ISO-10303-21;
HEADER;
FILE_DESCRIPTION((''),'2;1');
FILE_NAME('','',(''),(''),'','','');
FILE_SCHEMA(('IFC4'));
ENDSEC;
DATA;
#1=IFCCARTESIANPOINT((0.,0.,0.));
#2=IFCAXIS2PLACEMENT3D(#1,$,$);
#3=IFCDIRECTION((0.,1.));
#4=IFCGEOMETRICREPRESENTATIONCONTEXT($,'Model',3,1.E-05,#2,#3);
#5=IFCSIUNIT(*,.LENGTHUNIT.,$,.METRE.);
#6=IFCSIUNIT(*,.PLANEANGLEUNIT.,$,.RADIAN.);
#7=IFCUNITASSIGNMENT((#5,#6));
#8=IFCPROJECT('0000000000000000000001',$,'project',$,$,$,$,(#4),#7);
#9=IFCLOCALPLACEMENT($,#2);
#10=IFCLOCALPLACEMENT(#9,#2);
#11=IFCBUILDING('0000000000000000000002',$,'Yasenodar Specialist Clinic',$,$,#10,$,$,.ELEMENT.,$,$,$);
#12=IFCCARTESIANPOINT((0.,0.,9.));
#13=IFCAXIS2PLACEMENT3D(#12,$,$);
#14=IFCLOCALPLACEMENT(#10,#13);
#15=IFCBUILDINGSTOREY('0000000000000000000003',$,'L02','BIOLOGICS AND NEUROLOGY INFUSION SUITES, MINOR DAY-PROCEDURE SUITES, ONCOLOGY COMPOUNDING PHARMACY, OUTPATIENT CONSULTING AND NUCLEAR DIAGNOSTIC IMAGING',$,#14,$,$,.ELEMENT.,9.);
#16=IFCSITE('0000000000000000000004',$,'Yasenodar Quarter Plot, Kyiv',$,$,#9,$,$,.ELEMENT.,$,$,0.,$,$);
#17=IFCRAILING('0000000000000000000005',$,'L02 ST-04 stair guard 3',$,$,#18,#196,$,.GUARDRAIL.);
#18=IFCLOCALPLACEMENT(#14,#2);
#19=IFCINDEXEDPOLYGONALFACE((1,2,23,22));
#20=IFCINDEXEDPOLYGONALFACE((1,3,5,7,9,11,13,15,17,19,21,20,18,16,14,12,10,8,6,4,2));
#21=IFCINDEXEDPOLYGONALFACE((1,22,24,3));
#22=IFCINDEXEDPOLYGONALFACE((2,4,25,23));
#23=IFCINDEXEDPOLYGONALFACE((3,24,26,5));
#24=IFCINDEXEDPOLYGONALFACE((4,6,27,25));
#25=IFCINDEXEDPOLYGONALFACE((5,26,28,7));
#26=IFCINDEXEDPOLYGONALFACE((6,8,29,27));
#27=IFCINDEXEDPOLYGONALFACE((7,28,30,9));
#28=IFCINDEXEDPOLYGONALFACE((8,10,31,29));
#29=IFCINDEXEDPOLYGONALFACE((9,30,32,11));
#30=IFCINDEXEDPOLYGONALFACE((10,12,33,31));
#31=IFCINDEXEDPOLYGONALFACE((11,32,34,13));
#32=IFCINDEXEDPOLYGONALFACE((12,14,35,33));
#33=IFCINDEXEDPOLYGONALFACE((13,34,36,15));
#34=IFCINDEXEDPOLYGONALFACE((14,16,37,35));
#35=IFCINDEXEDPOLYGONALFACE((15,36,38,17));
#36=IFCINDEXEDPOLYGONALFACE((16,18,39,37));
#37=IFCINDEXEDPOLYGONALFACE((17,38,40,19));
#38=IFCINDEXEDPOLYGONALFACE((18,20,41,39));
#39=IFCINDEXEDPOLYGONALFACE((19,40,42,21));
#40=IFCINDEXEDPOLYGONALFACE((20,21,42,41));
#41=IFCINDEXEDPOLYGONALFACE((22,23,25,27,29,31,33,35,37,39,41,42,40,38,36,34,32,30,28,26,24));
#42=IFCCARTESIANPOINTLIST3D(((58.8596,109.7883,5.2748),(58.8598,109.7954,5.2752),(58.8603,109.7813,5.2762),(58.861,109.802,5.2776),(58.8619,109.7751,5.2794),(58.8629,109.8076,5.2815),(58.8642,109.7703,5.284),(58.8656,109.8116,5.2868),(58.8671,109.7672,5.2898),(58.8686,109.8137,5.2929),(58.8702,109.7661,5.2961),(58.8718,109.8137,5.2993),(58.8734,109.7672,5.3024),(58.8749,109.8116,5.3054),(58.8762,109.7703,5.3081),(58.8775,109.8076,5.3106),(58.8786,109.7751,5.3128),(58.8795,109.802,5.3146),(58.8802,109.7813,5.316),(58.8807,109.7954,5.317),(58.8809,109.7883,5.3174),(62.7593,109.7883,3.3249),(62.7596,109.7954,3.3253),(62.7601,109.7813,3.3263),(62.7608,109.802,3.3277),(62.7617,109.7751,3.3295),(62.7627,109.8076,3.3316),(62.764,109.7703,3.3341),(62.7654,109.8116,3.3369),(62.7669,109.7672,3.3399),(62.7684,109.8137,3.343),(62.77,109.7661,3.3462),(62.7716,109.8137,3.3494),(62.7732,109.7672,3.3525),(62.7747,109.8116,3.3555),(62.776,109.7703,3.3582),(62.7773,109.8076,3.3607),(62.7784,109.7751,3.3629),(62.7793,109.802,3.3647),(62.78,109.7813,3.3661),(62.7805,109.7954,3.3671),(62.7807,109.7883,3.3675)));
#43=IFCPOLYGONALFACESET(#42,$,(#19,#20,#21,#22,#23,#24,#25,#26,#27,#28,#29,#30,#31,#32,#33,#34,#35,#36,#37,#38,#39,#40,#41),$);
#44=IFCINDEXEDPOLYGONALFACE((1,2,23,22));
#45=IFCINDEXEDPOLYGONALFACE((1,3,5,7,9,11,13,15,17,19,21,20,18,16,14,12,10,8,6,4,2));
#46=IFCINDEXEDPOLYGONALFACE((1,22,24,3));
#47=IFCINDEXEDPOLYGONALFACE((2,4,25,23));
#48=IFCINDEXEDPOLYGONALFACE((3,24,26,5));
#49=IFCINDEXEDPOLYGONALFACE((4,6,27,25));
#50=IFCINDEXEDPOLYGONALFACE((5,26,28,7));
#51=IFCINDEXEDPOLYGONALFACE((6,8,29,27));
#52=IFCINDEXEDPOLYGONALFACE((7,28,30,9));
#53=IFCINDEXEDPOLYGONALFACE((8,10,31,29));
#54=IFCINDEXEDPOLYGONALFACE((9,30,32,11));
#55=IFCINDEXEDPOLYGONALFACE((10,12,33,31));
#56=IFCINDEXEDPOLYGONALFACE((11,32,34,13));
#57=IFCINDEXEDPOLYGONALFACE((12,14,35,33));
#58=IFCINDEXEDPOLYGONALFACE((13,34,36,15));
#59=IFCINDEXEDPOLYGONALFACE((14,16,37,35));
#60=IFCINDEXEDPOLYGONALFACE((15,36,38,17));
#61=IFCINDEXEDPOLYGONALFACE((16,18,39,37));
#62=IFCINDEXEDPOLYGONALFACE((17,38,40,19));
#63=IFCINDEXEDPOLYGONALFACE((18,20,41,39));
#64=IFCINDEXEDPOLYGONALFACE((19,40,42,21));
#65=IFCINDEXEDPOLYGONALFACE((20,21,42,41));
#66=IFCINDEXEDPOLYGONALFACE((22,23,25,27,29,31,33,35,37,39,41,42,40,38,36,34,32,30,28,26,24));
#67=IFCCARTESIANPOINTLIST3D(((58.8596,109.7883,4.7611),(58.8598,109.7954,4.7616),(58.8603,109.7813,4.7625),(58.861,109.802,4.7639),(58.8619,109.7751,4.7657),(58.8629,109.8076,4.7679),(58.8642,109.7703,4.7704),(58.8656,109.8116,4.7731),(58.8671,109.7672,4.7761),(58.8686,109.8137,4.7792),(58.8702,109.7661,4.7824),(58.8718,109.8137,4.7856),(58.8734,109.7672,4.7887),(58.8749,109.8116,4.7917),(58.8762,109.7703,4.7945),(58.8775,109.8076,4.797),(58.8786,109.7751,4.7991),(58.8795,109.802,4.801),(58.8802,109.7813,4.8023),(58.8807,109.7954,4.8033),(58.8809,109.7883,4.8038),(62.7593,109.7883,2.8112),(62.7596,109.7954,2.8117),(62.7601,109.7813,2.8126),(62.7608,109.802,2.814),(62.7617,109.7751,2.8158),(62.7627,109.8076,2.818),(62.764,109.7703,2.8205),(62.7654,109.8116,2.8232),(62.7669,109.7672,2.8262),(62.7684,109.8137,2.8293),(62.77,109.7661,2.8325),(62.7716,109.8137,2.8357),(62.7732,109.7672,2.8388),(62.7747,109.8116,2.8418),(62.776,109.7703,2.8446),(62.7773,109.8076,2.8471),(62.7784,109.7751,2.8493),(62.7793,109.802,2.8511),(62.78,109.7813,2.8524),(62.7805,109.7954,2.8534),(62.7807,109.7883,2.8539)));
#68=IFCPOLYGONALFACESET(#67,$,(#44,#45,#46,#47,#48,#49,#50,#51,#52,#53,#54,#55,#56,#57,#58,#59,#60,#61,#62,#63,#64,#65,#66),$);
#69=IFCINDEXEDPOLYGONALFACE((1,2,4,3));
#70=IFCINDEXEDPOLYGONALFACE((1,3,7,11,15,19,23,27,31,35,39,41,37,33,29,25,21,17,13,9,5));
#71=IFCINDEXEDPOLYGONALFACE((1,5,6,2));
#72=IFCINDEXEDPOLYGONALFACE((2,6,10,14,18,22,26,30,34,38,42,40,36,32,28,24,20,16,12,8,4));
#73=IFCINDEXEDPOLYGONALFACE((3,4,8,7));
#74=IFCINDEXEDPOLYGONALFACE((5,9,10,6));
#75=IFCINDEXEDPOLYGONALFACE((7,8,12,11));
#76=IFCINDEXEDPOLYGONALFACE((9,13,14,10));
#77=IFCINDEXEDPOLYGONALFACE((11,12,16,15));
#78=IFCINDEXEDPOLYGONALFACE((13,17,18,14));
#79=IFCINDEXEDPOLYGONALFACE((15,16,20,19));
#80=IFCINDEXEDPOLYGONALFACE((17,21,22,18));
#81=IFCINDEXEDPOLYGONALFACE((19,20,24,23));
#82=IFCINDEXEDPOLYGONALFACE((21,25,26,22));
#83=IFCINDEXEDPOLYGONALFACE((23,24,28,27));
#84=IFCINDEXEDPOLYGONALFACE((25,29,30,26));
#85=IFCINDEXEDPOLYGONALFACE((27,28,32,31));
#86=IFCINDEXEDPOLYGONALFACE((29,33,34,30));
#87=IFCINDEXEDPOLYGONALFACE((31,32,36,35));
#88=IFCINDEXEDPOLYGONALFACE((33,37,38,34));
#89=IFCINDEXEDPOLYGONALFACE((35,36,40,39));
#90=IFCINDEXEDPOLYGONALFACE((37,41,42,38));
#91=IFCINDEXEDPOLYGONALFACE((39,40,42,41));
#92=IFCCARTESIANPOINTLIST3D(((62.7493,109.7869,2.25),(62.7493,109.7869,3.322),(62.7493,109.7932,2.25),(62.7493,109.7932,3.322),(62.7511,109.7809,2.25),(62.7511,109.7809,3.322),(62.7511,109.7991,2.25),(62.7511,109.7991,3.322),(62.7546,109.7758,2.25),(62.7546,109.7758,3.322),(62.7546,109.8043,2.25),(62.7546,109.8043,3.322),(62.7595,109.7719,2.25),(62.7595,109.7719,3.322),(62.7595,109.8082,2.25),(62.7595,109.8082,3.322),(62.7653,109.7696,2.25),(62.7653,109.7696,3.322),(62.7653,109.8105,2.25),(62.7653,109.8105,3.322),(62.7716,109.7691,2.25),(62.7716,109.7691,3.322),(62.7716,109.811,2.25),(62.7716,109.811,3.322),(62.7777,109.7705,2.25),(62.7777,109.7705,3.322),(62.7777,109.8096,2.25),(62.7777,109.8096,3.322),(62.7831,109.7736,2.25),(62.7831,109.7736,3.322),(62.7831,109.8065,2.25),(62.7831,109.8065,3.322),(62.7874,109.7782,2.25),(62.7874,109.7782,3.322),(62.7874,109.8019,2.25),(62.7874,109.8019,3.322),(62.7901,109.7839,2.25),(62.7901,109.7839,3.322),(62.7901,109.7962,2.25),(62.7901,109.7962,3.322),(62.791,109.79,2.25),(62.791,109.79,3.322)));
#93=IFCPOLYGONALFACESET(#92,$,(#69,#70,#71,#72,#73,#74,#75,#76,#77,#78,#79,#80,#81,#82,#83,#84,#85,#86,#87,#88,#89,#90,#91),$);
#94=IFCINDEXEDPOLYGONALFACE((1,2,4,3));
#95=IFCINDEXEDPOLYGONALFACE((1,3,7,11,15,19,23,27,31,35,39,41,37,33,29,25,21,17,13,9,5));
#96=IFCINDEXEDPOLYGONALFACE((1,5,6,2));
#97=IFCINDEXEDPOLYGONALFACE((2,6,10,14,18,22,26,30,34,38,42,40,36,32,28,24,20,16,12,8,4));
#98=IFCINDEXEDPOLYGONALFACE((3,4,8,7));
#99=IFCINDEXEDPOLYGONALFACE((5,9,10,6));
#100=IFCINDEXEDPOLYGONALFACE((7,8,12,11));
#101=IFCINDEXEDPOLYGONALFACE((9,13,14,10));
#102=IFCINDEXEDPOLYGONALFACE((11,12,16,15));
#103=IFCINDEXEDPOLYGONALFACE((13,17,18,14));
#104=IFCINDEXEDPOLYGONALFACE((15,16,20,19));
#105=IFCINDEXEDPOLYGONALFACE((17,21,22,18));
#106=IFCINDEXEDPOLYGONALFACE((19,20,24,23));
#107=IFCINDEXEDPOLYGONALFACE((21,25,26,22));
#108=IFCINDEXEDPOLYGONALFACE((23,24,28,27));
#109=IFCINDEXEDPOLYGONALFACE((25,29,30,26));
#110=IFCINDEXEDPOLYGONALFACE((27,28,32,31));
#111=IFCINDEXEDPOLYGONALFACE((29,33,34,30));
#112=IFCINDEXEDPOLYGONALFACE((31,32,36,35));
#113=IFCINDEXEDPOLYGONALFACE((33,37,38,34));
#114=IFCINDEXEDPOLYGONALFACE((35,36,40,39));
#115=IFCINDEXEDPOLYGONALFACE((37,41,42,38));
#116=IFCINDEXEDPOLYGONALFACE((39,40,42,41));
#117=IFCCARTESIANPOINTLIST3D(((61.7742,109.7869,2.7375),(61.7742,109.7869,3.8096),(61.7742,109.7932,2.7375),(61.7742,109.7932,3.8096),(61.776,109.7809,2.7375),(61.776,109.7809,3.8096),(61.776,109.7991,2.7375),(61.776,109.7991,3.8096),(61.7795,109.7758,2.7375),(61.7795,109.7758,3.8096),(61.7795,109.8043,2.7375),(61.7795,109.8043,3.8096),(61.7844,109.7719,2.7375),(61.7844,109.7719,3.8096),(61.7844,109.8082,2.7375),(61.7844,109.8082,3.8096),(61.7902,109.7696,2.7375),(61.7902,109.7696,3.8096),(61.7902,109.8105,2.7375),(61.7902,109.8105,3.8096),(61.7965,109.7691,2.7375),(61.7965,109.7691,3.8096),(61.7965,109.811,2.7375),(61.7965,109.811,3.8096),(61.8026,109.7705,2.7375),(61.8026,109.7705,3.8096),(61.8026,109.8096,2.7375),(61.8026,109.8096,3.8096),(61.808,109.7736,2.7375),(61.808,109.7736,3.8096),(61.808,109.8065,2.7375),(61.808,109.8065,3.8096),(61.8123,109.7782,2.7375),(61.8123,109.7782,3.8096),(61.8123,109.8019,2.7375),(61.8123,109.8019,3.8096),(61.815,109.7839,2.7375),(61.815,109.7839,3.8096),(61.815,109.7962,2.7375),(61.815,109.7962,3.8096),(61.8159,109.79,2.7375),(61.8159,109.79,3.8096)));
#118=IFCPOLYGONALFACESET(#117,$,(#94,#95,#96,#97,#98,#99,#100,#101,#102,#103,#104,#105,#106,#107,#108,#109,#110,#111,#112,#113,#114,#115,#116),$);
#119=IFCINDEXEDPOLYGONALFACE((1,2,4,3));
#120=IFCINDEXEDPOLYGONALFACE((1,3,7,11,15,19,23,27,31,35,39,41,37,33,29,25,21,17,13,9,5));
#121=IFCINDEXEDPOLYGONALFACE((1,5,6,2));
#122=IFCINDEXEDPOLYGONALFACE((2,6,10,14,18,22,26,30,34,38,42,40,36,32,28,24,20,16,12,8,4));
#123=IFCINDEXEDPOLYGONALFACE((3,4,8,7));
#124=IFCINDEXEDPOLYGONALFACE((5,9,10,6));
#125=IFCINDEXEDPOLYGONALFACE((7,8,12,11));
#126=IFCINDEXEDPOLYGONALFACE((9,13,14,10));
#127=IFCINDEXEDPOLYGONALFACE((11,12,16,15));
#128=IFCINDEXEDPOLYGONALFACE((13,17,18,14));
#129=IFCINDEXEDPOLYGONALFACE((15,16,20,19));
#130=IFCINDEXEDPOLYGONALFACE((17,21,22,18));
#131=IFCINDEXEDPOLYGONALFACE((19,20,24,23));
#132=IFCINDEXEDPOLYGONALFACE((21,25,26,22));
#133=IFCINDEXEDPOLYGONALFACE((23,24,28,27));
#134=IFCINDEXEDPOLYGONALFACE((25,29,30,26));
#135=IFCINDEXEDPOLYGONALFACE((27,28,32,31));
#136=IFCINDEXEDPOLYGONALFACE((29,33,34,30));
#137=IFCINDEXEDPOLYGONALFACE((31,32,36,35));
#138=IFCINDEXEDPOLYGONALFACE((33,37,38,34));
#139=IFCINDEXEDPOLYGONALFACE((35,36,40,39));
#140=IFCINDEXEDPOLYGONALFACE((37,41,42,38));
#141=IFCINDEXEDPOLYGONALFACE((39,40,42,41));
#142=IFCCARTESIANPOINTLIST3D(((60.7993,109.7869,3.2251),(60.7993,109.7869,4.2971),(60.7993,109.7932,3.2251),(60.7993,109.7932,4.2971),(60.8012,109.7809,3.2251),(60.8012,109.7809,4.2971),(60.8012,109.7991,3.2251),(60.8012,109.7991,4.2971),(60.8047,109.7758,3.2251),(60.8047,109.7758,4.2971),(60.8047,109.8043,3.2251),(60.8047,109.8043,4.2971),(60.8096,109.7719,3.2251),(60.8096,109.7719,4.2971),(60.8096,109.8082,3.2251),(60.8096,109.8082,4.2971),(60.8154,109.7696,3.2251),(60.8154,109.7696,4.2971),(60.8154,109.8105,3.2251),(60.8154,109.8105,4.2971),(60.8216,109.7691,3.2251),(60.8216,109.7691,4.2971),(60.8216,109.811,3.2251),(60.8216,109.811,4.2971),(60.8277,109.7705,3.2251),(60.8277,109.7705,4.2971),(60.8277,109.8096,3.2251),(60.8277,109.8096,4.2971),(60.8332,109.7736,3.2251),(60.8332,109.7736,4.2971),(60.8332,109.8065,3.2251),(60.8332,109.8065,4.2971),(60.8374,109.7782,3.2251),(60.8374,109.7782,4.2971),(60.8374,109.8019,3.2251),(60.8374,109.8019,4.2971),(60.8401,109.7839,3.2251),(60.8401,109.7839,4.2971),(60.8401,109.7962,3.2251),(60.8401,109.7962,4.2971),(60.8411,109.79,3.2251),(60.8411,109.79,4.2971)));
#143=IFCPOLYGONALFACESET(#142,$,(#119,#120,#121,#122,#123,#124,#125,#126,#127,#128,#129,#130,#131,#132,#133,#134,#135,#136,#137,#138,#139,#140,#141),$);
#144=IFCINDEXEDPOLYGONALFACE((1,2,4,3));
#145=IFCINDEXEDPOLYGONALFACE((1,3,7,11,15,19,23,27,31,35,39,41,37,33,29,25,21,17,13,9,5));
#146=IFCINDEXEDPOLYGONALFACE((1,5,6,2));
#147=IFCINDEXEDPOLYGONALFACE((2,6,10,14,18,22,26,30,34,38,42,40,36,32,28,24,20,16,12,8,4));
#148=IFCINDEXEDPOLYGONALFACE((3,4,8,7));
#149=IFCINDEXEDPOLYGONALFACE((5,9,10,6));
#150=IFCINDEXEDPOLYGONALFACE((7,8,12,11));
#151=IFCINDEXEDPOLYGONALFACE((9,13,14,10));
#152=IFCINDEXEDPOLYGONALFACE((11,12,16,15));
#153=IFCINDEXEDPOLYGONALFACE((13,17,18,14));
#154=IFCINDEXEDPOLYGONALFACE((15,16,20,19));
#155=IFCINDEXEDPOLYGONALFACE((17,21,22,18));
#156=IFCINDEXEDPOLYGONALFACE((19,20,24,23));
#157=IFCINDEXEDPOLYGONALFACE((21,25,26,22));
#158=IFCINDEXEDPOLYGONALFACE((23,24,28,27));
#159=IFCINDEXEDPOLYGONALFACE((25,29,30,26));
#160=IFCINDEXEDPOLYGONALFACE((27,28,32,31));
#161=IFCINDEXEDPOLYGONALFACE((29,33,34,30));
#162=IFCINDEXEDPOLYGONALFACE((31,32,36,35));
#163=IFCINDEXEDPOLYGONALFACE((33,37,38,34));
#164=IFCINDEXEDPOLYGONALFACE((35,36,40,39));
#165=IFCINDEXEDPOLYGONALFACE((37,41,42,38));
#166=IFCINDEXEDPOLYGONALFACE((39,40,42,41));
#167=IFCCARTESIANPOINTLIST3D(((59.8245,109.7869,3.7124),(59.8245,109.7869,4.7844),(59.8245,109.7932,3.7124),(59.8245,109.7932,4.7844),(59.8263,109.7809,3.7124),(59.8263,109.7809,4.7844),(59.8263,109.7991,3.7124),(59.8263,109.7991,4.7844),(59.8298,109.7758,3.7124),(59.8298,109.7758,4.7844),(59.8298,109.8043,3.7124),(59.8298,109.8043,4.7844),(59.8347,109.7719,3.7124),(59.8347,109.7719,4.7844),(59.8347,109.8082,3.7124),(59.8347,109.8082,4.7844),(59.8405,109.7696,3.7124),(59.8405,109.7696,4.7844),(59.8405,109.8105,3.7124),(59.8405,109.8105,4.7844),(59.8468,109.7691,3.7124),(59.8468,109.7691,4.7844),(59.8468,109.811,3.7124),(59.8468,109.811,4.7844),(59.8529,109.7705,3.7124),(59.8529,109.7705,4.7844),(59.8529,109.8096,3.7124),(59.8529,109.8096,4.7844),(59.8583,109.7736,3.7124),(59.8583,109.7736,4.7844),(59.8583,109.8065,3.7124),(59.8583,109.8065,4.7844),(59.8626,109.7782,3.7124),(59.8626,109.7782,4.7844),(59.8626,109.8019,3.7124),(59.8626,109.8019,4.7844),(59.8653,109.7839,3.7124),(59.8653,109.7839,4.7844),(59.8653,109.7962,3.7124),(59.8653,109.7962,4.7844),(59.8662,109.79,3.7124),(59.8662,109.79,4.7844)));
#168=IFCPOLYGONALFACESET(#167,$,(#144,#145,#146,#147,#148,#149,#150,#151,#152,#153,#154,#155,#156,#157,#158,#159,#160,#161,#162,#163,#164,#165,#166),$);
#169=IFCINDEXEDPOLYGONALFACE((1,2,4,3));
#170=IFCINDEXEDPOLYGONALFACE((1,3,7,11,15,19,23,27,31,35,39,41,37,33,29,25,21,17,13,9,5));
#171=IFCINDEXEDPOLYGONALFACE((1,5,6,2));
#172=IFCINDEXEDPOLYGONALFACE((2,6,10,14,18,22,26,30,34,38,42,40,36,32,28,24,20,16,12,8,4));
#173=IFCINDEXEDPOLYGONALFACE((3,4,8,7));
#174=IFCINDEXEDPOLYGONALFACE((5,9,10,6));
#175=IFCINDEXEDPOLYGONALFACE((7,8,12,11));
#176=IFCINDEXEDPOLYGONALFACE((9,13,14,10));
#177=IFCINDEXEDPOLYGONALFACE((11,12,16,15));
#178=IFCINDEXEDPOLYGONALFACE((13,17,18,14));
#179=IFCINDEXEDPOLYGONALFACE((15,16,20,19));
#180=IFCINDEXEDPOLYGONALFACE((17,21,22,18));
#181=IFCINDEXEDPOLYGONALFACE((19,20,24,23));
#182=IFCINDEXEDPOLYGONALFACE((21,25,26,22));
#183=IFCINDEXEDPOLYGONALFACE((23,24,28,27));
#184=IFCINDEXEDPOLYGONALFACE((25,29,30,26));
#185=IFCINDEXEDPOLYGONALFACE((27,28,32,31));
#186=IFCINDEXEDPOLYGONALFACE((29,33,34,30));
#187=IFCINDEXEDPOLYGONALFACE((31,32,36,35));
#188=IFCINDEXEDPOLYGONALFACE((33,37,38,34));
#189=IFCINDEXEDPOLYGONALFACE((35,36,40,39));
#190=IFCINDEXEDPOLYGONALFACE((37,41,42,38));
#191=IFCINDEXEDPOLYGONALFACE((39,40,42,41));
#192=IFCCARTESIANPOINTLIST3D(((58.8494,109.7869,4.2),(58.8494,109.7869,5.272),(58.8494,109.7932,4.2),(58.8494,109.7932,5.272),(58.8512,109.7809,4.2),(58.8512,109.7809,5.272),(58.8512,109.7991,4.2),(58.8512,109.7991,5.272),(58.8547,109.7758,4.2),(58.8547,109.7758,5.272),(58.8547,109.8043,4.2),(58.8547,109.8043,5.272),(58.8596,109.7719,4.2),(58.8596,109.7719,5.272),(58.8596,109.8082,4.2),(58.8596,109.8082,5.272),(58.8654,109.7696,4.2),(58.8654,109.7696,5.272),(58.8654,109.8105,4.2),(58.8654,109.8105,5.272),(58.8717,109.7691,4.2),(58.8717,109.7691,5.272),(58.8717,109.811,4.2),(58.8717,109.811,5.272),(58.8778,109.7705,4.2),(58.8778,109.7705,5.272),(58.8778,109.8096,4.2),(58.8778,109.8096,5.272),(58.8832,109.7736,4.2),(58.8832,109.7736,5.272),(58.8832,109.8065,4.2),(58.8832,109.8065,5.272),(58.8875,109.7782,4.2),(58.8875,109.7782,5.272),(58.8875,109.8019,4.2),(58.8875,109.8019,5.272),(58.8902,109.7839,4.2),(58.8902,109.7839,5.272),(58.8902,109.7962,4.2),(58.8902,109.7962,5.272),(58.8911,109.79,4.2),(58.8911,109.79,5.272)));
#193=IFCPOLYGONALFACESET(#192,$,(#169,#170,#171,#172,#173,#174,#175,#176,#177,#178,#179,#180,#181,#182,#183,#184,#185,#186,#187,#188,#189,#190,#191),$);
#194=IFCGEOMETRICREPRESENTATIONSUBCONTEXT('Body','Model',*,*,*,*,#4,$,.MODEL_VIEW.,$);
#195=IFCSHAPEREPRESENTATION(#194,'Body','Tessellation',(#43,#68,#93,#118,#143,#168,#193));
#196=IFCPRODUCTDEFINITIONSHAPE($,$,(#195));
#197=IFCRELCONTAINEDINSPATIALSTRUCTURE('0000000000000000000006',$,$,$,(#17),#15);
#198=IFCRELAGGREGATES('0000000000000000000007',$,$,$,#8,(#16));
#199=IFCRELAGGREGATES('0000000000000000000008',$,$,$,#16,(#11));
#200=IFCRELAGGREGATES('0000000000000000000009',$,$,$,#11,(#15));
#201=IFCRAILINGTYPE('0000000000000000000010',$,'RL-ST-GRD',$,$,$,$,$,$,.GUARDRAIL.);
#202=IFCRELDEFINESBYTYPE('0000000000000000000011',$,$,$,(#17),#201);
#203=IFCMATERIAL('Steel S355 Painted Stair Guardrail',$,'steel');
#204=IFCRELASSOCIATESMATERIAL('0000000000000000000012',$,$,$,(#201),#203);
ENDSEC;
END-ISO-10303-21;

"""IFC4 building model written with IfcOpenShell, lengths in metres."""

from ifc_helpers import new_model, si_unit, direction, frame, origin, origin_2d, place, context, subcontext, project, spatial, circle, extrude, material, type_object, element, save


model = new_model("IFC4")

# Units and contexts
model_context = context("Model", 3, precision=1e-05, world=origin(), true_north=direction((0.0, 1.0)))
body_context = subcontext(model_context, "Body", "Model", "MODEL_VIEW")
ifc_project = project(units=[si_unit("LENGTHUNIT", "METRE"), si_unit("PLANEANGLEUNIT", "RADIAN")], contexts=[model_context])

# Site, building, storey
site_placement = place(None, origin())
site = spatial("IfcSite", under=ifc_project, at=site_placement, Name="Yasenodar Quarter Plot, Kyiv", CompositionType="ELEMENT", RefElevation=0.0)
building_placement = place(site_placement, origin())
building = spatial("IfcBuilding", under=site, at=building_placement, Name="Yasenodar Specialist Clinic", CompositionType="ELEMENT")
storey_placement = place(building_placement, frame((0.0, 0.0, 9.0)))
storey = spatial("IfcBuildingStorey", under=building, at=storey_placement, Name="L02", Description="BIOLOGICS AND NEUROLOGY INFUSION SUITES, MINOR DAY-PROCEDURE SUITES, ONCOLOGY COMPOUNDING PHARMACY, OUTPATIENT CONSULTING AND NUCLEAR DIAGNOSTIC IMAGING", CompositionType="ELEMENT", Elevation=9.0)

# Railing
ifc_material_1 = material(Name="Steel S355 Painted Stair Guardrail", Category="steel")
railing_type_1 = type_object("IfcRailingType", Name="RL-ST-GRD", PredefinedType="GUARDRAIL", material=ifc_material_1)
railing_1_placement = place(storey_placement, frame((62.77, 109.79, 2.25)))
element("IfcRailing", 1, at=railing_1_placement, inside=storey, type_object=railing_type_1, Name="L02 ST-04 stair guard 3", PredefinedType="GUARDRAIL", context=body_context, shape_type="SweptSolid", body=[
    extrude(circle(Radius=0.0239, at=origin_2d()), frame((0.0, 0.0, 1.0962), z_axis=(-0.894427, 0.0, 0.447214), x_axis=(0.0, -1.0, 0.0)), (0.0, 0.0, 1.0), 4.3601),
    extrude(circle(Radius=0.0239, at=origin_2d()), frame((0.0, 0.0, 0.5825), z_axis=(-0.894427, 0.0, 0.447214), x_axis=(0.0, -1.0, 0.0)), (0.0, 0.0, 1.0), 4.3601),
    extrude(circle(Radius=0.021, at=origin_2d()), origin(), (0.0, 0.0, 1.0), 1.072),
    extrude(circle(Radius=0.021, at=origin_2d()), frame((-0.9751, 0.0, 0.4875)), (0.0, 0.0, 1.0), 1.072),
    extrude(circle(Radius=0.021, at=origin_2d()), frame((-1.95, 0.0, 0.9751)), (0.0, 0.0, 1.0), 1.072),
    extrude(circle(Radius=0.021, at=origin_2d()), frame((-2.9248, 0.0, 1.4624)), (0.0, 0.0, 1.0), 1.072),
    extrude(circle(Radius=0.021, at=origin_2d()), frame((-3.8999, 0.0, 1.95)), (0.0, 0.0, 1.0), 1.072),
])

save(model, "model.ifc")
